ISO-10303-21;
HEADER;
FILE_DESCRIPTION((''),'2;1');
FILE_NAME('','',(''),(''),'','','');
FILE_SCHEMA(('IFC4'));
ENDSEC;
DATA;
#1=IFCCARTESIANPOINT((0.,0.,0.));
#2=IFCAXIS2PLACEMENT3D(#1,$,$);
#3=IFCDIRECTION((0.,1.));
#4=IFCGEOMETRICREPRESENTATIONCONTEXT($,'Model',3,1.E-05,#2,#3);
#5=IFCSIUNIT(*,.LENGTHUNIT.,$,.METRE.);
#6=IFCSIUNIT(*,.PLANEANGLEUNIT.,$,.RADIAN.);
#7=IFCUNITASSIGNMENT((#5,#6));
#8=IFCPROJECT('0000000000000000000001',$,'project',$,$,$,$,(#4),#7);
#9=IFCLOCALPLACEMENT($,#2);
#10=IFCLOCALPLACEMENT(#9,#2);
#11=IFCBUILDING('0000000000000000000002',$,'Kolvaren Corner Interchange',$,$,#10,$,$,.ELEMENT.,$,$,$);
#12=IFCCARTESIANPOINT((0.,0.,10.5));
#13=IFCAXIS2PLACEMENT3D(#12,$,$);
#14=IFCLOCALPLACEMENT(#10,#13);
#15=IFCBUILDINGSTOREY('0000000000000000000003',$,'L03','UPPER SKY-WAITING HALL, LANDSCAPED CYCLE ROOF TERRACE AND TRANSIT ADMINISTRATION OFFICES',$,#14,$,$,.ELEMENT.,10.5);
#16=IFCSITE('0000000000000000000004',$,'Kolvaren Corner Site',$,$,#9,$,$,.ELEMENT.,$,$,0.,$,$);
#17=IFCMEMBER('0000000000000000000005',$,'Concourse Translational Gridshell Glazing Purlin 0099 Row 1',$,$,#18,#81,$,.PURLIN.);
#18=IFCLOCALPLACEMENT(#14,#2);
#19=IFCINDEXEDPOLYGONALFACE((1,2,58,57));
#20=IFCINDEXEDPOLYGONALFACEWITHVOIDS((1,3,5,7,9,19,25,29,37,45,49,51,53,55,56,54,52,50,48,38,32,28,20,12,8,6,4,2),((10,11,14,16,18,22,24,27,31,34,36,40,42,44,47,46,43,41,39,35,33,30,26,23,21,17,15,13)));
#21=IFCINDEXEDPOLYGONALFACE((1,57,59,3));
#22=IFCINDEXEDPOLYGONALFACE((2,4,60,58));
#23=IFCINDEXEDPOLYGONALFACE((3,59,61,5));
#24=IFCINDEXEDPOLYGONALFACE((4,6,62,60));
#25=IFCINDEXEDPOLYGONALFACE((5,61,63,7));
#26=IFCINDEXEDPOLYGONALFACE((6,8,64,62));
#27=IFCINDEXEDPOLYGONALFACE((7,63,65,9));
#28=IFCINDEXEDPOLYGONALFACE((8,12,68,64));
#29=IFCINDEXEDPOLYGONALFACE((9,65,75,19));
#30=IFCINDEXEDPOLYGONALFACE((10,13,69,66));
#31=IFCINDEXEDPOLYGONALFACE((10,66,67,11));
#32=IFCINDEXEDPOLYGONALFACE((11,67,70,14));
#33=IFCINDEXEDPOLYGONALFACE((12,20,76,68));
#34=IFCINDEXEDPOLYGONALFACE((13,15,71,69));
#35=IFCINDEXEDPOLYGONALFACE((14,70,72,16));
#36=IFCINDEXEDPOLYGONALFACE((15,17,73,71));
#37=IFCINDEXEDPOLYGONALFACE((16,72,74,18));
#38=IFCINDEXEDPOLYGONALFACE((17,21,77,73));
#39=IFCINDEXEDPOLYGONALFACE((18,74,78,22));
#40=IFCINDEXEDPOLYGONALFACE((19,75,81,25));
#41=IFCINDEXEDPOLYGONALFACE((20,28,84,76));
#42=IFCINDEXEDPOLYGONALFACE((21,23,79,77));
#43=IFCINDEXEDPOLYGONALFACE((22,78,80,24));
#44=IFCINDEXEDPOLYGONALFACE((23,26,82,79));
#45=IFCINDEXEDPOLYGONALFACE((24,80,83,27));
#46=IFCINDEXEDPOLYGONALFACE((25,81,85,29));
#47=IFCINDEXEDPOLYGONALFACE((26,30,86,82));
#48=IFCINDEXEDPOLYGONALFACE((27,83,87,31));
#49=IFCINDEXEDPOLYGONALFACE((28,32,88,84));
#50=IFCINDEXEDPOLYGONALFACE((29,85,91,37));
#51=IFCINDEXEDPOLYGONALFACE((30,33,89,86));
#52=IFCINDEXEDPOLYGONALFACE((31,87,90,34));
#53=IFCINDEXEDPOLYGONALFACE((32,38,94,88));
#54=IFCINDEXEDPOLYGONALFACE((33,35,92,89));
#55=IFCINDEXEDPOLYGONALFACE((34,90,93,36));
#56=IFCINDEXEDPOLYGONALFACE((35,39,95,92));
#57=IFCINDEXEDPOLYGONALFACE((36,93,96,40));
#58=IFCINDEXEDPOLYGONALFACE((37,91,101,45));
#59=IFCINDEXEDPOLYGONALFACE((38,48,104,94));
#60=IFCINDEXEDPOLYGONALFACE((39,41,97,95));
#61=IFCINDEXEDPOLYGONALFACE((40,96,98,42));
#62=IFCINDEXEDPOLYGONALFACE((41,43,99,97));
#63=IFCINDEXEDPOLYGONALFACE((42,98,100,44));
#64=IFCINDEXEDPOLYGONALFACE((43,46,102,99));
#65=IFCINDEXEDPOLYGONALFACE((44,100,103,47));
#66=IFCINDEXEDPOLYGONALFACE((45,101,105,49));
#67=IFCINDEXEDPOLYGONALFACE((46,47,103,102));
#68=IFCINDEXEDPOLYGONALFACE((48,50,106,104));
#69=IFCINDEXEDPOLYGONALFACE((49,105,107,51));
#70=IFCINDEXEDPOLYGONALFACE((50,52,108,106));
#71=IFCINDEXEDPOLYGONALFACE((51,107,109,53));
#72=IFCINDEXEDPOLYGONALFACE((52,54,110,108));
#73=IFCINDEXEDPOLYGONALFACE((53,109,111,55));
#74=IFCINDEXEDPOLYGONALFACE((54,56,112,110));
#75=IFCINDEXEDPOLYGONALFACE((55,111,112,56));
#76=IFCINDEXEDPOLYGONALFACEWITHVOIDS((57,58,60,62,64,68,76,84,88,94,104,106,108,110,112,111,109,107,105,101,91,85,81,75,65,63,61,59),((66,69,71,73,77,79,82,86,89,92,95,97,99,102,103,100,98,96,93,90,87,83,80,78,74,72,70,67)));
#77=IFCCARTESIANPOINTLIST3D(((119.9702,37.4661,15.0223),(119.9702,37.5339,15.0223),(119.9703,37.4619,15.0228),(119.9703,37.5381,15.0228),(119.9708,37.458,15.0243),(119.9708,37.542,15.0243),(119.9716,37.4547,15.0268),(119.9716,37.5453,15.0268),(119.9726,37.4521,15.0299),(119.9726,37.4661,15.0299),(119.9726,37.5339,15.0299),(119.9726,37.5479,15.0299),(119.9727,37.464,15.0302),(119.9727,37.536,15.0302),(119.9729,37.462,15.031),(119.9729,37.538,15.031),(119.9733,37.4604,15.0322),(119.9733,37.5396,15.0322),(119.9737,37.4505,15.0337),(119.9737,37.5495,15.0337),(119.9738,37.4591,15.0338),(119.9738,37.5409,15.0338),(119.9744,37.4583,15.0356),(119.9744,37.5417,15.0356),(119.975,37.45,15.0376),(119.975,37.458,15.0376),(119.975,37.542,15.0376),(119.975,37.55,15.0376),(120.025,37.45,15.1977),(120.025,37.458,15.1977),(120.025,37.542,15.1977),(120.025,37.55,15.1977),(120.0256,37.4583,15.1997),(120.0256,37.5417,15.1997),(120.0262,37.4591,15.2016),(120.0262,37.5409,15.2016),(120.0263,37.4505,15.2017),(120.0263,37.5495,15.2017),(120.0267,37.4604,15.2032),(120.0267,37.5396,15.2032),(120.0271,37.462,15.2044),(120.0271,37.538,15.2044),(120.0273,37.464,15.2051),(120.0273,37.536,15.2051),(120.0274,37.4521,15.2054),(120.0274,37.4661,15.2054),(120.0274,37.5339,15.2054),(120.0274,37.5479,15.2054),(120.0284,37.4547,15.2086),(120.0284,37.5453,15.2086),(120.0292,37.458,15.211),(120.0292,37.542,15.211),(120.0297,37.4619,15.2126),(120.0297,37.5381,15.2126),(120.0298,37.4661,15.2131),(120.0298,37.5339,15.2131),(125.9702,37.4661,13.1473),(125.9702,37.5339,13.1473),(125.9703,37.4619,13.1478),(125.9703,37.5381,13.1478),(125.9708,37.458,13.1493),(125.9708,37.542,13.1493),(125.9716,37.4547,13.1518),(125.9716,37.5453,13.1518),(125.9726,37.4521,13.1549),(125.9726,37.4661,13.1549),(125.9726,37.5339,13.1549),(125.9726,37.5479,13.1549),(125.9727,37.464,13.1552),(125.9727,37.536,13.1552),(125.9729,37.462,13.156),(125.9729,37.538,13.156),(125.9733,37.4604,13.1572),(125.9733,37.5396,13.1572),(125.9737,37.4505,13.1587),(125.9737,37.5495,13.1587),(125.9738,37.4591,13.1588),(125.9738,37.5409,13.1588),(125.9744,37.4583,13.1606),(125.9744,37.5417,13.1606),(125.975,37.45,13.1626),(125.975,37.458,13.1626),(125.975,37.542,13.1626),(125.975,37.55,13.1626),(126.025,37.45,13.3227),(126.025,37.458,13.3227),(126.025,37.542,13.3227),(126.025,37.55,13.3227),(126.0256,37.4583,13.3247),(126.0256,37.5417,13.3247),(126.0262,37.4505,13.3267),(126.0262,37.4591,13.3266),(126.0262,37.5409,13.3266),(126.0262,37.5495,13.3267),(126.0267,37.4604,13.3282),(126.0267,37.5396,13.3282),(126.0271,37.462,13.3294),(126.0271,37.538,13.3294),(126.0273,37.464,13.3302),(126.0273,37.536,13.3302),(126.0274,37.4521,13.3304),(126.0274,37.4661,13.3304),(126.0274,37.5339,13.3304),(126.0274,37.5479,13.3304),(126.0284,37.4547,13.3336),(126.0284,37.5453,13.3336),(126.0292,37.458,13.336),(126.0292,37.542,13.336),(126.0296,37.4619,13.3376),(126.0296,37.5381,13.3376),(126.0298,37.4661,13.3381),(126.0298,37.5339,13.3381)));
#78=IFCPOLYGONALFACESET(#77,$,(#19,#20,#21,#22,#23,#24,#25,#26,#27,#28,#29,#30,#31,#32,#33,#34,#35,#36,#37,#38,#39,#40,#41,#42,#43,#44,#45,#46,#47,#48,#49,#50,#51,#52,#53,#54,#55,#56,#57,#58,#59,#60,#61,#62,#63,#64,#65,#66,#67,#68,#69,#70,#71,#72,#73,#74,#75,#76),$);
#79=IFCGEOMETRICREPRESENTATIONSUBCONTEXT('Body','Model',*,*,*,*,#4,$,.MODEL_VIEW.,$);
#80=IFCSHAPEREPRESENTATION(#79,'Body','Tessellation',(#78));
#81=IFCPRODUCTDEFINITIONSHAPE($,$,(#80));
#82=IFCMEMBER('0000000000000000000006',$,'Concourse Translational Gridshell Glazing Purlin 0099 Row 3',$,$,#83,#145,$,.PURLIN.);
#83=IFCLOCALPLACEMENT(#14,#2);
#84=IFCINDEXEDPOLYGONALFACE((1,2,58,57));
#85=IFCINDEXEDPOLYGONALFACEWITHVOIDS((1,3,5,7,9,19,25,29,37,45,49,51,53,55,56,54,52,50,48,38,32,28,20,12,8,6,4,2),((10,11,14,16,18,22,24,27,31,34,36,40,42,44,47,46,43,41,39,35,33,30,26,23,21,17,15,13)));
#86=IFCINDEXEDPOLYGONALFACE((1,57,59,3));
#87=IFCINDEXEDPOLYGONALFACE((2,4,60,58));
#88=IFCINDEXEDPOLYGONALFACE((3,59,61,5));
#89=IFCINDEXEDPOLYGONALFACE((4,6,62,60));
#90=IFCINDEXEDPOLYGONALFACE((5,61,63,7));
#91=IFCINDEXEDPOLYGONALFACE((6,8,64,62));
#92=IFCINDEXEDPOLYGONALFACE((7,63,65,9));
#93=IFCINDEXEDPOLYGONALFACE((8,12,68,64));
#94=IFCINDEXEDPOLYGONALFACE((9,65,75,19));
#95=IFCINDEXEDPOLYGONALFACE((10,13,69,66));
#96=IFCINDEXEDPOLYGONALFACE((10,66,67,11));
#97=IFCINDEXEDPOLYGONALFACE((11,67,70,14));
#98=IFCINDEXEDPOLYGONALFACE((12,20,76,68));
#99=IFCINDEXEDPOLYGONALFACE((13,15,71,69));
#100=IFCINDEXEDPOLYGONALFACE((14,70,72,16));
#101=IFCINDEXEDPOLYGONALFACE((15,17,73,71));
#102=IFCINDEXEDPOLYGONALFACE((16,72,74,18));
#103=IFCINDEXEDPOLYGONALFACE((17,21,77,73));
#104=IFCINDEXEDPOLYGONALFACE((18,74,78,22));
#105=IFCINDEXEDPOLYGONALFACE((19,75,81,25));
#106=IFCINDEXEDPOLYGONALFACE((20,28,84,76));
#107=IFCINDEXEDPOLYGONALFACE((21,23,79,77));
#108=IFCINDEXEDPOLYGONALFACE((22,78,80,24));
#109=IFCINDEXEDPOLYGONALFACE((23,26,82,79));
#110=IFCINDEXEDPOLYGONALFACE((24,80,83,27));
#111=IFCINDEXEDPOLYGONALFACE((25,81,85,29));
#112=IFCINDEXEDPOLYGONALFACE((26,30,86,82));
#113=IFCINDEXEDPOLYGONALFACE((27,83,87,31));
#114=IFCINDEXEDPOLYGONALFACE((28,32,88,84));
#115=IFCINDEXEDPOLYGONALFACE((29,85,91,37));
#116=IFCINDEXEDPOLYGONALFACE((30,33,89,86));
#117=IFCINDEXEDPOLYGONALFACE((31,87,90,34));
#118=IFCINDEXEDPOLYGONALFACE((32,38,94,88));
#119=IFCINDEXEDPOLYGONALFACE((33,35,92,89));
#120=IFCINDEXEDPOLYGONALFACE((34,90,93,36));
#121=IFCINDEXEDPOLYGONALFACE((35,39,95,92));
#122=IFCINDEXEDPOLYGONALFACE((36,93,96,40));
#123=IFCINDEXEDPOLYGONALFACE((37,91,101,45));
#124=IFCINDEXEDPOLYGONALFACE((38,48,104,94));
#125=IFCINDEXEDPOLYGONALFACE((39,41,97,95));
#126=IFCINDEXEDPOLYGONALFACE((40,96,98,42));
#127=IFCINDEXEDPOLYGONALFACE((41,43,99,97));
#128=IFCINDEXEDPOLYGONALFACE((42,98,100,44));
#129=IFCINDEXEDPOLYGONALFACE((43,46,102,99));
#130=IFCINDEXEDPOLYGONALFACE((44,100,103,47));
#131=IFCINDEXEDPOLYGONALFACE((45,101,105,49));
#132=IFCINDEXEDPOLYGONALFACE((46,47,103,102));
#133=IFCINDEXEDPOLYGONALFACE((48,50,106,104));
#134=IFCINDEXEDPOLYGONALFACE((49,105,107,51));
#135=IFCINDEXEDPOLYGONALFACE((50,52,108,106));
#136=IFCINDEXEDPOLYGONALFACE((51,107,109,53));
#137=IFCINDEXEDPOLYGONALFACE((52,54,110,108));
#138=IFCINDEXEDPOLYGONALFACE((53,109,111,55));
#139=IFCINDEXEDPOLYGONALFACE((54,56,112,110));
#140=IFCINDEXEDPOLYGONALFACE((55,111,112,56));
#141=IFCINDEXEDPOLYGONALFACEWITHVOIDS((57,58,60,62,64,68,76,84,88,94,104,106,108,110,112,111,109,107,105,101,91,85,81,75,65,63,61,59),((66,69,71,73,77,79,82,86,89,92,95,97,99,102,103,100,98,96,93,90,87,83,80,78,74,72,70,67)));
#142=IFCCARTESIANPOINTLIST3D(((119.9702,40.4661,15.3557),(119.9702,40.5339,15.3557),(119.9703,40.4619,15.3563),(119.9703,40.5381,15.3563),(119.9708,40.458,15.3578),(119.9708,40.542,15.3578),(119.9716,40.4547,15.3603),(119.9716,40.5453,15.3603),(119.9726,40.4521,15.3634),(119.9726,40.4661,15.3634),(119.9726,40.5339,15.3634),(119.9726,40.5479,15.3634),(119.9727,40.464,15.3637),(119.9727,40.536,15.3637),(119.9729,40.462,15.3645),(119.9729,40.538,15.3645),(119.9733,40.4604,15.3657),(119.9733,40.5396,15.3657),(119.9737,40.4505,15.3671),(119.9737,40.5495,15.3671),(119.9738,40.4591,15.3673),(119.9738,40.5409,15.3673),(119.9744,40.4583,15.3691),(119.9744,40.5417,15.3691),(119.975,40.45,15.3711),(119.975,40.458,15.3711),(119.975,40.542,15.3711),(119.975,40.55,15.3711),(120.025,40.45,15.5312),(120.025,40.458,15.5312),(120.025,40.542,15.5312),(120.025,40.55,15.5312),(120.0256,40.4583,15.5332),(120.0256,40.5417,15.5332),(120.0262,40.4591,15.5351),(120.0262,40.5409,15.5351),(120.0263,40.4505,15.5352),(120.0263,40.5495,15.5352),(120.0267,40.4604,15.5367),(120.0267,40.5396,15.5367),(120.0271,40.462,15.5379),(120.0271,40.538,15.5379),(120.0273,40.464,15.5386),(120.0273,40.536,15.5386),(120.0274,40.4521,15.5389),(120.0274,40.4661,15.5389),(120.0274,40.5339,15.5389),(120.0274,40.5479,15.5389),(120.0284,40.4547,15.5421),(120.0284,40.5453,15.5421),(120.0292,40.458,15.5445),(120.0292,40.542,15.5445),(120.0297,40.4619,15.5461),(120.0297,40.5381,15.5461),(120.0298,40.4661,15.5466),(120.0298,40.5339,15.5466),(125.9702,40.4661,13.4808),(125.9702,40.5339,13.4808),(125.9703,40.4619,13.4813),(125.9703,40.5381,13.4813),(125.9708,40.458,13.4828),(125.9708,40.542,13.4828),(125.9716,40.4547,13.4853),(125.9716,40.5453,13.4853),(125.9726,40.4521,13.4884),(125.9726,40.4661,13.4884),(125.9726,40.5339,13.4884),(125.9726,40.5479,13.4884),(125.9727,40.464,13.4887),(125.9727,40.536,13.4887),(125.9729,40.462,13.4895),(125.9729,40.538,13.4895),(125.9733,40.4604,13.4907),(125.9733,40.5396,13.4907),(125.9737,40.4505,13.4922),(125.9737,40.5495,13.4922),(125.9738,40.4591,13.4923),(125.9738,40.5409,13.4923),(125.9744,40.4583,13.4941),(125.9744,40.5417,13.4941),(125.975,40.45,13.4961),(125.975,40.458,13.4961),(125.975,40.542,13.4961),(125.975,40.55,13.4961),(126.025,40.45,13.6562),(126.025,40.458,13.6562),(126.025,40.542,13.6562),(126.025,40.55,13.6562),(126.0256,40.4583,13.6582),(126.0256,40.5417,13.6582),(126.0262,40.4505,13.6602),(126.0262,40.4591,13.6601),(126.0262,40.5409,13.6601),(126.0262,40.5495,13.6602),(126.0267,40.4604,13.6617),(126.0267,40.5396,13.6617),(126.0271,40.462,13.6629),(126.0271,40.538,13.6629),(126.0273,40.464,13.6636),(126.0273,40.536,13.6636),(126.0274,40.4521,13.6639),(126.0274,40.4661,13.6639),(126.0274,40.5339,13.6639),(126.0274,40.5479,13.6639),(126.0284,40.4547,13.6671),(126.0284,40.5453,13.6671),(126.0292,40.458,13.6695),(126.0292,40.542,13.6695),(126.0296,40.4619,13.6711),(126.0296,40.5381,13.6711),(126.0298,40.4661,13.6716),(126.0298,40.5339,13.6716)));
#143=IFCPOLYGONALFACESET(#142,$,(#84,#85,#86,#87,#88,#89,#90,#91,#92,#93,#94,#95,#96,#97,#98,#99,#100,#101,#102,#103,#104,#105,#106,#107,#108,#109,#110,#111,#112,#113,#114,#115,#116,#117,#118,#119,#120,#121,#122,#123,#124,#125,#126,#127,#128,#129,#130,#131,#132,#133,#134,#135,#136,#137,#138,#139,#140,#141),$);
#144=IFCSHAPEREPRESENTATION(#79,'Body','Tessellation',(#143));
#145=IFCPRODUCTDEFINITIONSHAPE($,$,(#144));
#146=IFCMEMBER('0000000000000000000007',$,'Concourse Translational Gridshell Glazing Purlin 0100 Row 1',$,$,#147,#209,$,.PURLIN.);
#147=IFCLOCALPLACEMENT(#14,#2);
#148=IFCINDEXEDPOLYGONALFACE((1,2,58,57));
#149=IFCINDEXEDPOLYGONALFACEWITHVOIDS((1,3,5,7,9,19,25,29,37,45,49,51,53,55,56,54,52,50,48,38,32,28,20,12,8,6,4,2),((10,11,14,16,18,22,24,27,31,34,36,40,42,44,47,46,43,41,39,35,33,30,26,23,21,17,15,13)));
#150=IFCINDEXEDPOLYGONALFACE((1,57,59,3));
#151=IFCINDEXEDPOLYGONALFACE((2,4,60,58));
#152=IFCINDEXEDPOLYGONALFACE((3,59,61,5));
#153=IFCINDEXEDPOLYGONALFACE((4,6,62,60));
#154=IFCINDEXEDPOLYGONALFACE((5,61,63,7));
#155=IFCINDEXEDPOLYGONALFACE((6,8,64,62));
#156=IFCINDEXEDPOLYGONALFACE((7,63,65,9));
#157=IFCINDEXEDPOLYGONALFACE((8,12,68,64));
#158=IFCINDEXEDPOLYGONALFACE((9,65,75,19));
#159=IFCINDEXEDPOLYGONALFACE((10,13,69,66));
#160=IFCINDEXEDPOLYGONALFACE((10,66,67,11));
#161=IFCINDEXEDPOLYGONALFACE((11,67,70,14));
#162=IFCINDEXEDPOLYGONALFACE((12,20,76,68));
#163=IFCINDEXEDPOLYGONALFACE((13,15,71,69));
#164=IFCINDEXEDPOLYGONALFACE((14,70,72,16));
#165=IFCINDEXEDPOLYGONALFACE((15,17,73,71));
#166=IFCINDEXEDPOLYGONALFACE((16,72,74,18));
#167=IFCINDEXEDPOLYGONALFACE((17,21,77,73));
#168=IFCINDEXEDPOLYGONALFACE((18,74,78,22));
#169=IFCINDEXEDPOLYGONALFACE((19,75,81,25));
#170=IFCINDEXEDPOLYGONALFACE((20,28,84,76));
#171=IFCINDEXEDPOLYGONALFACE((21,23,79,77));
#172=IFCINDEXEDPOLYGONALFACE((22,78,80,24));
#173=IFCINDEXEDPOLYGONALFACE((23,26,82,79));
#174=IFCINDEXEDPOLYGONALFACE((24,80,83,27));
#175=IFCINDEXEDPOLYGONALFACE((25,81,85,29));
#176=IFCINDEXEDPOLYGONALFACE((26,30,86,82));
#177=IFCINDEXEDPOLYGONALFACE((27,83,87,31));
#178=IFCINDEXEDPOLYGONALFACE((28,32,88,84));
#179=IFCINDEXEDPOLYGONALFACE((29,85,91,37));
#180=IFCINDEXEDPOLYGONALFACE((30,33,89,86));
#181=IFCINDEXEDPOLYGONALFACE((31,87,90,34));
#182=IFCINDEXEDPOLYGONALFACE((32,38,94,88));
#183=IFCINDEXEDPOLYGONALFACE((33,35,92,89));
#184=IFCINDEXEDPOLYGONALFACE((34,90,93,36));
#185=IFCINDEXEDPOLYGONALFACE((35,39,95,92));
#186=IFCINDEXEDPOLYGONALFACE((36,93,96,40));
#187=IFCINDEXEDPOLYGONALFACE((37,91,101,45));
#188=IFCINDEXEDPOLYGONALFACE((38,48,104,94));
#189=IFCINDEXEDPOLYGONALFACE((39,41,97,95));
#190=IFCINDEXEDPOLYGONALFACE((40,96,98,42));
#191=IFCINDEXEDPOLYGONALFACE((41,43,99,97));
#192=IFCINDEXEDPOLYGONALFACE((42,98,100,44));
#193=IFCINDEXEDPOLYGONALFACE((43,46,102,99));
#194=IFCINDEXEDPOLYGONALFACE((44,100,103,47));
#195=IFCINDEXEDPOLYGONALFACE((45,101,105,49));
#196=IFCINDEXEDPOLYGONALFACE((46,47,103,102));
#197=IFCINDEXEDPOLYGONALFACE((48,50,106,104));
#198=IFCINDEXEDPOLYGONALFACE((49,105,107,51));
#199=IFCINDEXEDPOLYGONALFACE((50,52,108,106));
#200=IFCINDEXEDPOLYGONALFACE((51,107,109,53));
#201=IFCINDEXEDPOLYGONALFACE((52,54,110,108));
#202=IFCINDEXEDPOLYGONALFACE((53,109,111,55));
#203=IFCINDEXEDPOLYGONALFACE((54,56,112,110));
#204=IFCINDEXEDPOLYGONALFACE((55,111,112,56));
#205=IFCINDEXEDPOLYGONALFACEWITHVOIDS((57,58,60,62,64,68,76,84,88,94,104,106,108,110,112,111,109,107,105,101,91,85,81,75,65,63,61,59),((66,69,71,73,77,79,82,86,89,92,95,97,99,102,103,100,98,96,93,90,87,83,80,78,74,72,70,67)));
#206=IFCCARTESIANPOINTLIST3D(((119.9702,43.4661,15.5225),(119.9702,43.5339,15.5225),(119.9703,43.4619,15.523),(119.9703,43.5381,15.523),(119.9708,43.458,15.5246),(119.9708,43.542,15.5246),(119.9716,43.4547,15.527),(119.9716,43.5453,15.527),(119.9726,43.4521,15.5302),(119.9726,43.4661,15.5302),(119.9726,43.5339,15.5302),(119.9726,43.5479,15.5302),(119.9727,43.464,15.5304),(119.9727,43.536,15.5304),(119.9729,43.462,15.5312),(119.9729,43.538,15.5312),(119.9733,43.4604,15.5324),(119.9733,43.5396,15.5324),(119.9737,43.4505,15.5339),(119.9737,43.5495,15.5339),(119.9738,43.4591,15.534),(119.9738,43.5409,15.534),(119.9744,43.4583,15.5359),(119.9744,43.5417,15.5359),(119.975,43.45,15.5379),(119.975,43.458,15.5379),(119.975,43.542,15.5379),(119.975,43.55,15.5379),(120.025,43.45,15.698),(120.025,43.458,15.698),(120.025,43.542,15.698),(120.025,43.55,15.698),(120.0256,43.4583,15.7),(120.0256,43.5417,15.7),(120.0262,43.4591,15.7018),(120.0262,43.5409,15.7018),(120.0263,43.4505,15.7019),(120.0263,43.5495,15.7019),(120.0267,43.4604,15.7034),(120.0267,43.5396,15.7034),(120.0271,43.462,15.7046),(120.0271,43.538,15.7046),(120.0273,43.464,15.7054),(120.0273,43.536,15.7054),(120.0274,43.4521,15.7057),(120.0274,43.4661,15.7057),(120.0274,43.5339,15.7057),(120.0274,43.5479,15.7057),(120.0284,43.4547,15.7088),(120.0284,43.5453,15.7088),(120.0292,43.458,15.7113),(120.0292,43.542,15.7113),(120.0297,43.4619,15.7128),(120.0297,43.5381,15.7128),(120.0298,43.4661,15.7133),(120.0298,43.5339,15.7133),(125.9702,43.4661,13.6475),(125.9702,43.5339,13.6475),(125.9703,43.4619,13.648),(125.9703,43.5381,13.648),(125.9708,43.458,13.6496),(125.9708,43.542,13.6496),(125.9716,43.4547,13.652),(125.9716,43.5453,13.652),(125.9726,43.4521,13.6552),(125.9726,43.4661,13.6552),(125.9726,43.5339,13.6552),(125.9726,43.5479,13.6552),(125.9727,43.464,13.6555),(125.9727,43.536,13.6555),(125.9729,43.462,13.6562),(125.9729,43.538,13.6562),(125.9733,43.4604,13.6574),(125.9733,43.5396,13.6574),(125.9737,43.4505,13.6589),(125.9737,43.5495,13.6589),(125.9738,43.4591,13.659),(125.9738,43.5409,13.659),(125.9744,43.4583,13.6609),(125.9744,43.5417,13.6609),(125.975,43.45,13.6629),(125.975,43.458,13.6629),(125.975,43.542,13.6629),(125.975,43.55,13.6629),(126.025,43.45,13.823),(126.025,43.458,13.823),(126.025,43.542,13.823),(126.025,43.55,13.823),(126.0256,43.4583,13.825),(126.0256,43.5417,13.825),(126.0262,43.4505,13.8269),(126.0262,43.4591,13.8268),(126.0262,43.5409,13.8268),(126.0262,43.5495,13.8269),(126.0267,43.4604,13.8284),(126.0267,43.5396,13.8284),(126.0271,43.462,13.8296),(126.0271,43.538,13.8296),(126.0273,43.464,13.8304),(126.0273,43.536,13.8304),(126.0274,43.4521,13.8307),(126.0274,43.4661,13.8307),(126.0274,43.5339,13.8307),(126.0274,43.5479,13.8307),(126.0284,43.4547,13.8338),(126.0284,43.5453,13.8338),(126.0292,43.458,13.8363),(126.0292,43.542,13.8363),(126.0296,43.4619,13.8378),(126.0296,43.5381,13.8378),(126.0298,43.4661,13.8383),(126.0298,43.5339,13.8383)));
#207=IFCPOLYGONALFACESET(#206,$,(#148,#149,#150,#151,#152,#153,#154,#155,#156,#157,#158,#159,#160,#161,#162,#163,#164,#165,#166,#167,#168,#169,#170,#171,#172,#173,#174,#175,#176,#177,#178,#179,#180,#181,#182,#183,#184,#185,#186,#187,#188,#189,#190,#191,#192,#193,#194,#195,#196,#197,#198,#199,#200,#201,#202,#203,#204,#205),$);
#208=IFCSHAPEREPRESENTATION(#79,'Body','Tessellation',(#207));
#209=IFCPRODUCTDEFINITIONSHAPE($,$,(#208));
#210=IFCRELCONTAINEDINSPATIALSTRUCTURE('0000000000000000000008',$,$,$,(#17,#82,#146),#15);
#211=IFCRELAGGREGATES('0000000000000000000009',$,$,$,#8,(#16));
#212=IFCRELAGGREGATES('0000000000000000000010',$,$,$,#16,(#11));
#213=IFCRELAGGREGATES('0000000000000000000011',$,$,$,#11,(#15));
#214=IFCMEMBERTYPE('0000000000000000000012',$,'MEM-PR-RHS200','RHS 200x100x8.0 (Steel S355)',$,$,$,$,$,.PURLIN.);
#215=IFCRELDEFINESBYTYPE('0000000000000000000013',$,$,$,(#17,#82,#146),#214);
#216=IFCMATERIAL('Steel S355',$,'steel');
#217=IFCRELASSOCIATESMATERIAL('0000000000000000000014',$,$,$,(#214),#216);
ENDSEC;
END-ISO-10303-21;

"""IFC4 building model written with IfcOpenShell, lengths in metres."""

from ifc_helpers import new_model, si_unit, direction, frame, origin, origin_2d, place, context, subcontext, project, spatial, hollow_rectangle, extrude, material, material_profile, profile_set, type_object, element, save


model = new_model("IFC4")

# Units and contexts
model_context = context("Model", 3, precision=1e-05, world=origin(), true_north=direction((0.0, 1.0)))
body_context = subcontext(model_context, "Body", "Model", "MODEL_VIEW")
ifc_project = project(units=[si_unit("LENGTHUNIT", "METRE"), si_unit("PLANEANGLEUNIT", "RADIAN")], contexts=[model_context])

# Site, building, storey
site_placement = place(None, origin())
site = spatial("IfcSite", under=ifc_project, at=site_placement, Name="Kolvaren Corner Site", CompositionType="ELEMENT", RefElevation=0.0)
building_placement = place(site_placement, origin())
building = spatial("IfcBuilding", under=site, at=building_placement, Name="Kolvaren Corner Interchange", CompositionType="ELEMENT")
storey_placement = place(building_placement, frame((0.0, 0.0, 10.5)))
storey = spatial("IfcBuildingStorey", under=building, at=storey_placement, Name="L03", Description="UPPER SKY-WAITING HALL, LANDSCAPED CYCLE ROOF TERRACE AND TRANSIT ADMINISTRATION OFFICES", CompositionType="ELEMENT", Elevation=10.5)

# Members
ifc_material_1 = material(Name="Steel S355", Category="steel")
ifc_material_profile_1 = material_profile(ifc_material_1, hollow_rectangle(XDim=0.1001, YDim=0.2, WallThickness=0.0081, InnerFilletRadius=0.0081, OuterFilletRadius=0.0161, at=origin_2d()), Name="RHS 200x100x8.0")
ifc_profile_set_1 = profile_set([ifc_material_profile_1], Name="Steel S355")
member_type_1 = type_object("IfcMemberType", Name="MEM-PR-RHS200", Description="RHS 200x100x8.0 (Steel S355)", PredefinedType="PURLIN", material=ifc_profile_set_1)
for number, where, z_axis, x_axis, name in (
    (1, (120.0, 37.5, 15.1177), (0.95448, 0.0, -0.298275), (0.0, 1.0, 0.0), "Concourse Translational Gridshell Glazing Purlin 0099 Row 1"),
    (2, (120.0, 40.5, 15.4512), (0.95448, 0.0, -0.298275), (0.0, 1.0, 0.0), "Concourse Translational Gridshell Glazing Purlin 0099 Row 3"),
    (3, (120.0, 43.5, 15.6179), (0.95448, 0.0, -0.298275), (0.0, 1.0, 0.0), "Concourse Translational Gridshell Glazing Purlin 0100 Row 1"),
):
    element("IfcMember", number, at=place(storey_placement, frame(where, z_axis=z_axis, x_axis=x_axis)), inside=storey, type_object=member_type_1, Name=name, PredefinedType="PURLIN", context=body_context, shape_type="SweptSolid", body=[
        extrude(hollow_rectangle(XDim=0.1001, YDim=0.2, WallThickness=0.0081, InnerFilletRadius=0.0081, OuterFilletRadius=0.0161, at=origin_2d()), origin(), (0.0, 0.0, 1.0), 6.2861),
    ])

save(model, "model.ifc")
